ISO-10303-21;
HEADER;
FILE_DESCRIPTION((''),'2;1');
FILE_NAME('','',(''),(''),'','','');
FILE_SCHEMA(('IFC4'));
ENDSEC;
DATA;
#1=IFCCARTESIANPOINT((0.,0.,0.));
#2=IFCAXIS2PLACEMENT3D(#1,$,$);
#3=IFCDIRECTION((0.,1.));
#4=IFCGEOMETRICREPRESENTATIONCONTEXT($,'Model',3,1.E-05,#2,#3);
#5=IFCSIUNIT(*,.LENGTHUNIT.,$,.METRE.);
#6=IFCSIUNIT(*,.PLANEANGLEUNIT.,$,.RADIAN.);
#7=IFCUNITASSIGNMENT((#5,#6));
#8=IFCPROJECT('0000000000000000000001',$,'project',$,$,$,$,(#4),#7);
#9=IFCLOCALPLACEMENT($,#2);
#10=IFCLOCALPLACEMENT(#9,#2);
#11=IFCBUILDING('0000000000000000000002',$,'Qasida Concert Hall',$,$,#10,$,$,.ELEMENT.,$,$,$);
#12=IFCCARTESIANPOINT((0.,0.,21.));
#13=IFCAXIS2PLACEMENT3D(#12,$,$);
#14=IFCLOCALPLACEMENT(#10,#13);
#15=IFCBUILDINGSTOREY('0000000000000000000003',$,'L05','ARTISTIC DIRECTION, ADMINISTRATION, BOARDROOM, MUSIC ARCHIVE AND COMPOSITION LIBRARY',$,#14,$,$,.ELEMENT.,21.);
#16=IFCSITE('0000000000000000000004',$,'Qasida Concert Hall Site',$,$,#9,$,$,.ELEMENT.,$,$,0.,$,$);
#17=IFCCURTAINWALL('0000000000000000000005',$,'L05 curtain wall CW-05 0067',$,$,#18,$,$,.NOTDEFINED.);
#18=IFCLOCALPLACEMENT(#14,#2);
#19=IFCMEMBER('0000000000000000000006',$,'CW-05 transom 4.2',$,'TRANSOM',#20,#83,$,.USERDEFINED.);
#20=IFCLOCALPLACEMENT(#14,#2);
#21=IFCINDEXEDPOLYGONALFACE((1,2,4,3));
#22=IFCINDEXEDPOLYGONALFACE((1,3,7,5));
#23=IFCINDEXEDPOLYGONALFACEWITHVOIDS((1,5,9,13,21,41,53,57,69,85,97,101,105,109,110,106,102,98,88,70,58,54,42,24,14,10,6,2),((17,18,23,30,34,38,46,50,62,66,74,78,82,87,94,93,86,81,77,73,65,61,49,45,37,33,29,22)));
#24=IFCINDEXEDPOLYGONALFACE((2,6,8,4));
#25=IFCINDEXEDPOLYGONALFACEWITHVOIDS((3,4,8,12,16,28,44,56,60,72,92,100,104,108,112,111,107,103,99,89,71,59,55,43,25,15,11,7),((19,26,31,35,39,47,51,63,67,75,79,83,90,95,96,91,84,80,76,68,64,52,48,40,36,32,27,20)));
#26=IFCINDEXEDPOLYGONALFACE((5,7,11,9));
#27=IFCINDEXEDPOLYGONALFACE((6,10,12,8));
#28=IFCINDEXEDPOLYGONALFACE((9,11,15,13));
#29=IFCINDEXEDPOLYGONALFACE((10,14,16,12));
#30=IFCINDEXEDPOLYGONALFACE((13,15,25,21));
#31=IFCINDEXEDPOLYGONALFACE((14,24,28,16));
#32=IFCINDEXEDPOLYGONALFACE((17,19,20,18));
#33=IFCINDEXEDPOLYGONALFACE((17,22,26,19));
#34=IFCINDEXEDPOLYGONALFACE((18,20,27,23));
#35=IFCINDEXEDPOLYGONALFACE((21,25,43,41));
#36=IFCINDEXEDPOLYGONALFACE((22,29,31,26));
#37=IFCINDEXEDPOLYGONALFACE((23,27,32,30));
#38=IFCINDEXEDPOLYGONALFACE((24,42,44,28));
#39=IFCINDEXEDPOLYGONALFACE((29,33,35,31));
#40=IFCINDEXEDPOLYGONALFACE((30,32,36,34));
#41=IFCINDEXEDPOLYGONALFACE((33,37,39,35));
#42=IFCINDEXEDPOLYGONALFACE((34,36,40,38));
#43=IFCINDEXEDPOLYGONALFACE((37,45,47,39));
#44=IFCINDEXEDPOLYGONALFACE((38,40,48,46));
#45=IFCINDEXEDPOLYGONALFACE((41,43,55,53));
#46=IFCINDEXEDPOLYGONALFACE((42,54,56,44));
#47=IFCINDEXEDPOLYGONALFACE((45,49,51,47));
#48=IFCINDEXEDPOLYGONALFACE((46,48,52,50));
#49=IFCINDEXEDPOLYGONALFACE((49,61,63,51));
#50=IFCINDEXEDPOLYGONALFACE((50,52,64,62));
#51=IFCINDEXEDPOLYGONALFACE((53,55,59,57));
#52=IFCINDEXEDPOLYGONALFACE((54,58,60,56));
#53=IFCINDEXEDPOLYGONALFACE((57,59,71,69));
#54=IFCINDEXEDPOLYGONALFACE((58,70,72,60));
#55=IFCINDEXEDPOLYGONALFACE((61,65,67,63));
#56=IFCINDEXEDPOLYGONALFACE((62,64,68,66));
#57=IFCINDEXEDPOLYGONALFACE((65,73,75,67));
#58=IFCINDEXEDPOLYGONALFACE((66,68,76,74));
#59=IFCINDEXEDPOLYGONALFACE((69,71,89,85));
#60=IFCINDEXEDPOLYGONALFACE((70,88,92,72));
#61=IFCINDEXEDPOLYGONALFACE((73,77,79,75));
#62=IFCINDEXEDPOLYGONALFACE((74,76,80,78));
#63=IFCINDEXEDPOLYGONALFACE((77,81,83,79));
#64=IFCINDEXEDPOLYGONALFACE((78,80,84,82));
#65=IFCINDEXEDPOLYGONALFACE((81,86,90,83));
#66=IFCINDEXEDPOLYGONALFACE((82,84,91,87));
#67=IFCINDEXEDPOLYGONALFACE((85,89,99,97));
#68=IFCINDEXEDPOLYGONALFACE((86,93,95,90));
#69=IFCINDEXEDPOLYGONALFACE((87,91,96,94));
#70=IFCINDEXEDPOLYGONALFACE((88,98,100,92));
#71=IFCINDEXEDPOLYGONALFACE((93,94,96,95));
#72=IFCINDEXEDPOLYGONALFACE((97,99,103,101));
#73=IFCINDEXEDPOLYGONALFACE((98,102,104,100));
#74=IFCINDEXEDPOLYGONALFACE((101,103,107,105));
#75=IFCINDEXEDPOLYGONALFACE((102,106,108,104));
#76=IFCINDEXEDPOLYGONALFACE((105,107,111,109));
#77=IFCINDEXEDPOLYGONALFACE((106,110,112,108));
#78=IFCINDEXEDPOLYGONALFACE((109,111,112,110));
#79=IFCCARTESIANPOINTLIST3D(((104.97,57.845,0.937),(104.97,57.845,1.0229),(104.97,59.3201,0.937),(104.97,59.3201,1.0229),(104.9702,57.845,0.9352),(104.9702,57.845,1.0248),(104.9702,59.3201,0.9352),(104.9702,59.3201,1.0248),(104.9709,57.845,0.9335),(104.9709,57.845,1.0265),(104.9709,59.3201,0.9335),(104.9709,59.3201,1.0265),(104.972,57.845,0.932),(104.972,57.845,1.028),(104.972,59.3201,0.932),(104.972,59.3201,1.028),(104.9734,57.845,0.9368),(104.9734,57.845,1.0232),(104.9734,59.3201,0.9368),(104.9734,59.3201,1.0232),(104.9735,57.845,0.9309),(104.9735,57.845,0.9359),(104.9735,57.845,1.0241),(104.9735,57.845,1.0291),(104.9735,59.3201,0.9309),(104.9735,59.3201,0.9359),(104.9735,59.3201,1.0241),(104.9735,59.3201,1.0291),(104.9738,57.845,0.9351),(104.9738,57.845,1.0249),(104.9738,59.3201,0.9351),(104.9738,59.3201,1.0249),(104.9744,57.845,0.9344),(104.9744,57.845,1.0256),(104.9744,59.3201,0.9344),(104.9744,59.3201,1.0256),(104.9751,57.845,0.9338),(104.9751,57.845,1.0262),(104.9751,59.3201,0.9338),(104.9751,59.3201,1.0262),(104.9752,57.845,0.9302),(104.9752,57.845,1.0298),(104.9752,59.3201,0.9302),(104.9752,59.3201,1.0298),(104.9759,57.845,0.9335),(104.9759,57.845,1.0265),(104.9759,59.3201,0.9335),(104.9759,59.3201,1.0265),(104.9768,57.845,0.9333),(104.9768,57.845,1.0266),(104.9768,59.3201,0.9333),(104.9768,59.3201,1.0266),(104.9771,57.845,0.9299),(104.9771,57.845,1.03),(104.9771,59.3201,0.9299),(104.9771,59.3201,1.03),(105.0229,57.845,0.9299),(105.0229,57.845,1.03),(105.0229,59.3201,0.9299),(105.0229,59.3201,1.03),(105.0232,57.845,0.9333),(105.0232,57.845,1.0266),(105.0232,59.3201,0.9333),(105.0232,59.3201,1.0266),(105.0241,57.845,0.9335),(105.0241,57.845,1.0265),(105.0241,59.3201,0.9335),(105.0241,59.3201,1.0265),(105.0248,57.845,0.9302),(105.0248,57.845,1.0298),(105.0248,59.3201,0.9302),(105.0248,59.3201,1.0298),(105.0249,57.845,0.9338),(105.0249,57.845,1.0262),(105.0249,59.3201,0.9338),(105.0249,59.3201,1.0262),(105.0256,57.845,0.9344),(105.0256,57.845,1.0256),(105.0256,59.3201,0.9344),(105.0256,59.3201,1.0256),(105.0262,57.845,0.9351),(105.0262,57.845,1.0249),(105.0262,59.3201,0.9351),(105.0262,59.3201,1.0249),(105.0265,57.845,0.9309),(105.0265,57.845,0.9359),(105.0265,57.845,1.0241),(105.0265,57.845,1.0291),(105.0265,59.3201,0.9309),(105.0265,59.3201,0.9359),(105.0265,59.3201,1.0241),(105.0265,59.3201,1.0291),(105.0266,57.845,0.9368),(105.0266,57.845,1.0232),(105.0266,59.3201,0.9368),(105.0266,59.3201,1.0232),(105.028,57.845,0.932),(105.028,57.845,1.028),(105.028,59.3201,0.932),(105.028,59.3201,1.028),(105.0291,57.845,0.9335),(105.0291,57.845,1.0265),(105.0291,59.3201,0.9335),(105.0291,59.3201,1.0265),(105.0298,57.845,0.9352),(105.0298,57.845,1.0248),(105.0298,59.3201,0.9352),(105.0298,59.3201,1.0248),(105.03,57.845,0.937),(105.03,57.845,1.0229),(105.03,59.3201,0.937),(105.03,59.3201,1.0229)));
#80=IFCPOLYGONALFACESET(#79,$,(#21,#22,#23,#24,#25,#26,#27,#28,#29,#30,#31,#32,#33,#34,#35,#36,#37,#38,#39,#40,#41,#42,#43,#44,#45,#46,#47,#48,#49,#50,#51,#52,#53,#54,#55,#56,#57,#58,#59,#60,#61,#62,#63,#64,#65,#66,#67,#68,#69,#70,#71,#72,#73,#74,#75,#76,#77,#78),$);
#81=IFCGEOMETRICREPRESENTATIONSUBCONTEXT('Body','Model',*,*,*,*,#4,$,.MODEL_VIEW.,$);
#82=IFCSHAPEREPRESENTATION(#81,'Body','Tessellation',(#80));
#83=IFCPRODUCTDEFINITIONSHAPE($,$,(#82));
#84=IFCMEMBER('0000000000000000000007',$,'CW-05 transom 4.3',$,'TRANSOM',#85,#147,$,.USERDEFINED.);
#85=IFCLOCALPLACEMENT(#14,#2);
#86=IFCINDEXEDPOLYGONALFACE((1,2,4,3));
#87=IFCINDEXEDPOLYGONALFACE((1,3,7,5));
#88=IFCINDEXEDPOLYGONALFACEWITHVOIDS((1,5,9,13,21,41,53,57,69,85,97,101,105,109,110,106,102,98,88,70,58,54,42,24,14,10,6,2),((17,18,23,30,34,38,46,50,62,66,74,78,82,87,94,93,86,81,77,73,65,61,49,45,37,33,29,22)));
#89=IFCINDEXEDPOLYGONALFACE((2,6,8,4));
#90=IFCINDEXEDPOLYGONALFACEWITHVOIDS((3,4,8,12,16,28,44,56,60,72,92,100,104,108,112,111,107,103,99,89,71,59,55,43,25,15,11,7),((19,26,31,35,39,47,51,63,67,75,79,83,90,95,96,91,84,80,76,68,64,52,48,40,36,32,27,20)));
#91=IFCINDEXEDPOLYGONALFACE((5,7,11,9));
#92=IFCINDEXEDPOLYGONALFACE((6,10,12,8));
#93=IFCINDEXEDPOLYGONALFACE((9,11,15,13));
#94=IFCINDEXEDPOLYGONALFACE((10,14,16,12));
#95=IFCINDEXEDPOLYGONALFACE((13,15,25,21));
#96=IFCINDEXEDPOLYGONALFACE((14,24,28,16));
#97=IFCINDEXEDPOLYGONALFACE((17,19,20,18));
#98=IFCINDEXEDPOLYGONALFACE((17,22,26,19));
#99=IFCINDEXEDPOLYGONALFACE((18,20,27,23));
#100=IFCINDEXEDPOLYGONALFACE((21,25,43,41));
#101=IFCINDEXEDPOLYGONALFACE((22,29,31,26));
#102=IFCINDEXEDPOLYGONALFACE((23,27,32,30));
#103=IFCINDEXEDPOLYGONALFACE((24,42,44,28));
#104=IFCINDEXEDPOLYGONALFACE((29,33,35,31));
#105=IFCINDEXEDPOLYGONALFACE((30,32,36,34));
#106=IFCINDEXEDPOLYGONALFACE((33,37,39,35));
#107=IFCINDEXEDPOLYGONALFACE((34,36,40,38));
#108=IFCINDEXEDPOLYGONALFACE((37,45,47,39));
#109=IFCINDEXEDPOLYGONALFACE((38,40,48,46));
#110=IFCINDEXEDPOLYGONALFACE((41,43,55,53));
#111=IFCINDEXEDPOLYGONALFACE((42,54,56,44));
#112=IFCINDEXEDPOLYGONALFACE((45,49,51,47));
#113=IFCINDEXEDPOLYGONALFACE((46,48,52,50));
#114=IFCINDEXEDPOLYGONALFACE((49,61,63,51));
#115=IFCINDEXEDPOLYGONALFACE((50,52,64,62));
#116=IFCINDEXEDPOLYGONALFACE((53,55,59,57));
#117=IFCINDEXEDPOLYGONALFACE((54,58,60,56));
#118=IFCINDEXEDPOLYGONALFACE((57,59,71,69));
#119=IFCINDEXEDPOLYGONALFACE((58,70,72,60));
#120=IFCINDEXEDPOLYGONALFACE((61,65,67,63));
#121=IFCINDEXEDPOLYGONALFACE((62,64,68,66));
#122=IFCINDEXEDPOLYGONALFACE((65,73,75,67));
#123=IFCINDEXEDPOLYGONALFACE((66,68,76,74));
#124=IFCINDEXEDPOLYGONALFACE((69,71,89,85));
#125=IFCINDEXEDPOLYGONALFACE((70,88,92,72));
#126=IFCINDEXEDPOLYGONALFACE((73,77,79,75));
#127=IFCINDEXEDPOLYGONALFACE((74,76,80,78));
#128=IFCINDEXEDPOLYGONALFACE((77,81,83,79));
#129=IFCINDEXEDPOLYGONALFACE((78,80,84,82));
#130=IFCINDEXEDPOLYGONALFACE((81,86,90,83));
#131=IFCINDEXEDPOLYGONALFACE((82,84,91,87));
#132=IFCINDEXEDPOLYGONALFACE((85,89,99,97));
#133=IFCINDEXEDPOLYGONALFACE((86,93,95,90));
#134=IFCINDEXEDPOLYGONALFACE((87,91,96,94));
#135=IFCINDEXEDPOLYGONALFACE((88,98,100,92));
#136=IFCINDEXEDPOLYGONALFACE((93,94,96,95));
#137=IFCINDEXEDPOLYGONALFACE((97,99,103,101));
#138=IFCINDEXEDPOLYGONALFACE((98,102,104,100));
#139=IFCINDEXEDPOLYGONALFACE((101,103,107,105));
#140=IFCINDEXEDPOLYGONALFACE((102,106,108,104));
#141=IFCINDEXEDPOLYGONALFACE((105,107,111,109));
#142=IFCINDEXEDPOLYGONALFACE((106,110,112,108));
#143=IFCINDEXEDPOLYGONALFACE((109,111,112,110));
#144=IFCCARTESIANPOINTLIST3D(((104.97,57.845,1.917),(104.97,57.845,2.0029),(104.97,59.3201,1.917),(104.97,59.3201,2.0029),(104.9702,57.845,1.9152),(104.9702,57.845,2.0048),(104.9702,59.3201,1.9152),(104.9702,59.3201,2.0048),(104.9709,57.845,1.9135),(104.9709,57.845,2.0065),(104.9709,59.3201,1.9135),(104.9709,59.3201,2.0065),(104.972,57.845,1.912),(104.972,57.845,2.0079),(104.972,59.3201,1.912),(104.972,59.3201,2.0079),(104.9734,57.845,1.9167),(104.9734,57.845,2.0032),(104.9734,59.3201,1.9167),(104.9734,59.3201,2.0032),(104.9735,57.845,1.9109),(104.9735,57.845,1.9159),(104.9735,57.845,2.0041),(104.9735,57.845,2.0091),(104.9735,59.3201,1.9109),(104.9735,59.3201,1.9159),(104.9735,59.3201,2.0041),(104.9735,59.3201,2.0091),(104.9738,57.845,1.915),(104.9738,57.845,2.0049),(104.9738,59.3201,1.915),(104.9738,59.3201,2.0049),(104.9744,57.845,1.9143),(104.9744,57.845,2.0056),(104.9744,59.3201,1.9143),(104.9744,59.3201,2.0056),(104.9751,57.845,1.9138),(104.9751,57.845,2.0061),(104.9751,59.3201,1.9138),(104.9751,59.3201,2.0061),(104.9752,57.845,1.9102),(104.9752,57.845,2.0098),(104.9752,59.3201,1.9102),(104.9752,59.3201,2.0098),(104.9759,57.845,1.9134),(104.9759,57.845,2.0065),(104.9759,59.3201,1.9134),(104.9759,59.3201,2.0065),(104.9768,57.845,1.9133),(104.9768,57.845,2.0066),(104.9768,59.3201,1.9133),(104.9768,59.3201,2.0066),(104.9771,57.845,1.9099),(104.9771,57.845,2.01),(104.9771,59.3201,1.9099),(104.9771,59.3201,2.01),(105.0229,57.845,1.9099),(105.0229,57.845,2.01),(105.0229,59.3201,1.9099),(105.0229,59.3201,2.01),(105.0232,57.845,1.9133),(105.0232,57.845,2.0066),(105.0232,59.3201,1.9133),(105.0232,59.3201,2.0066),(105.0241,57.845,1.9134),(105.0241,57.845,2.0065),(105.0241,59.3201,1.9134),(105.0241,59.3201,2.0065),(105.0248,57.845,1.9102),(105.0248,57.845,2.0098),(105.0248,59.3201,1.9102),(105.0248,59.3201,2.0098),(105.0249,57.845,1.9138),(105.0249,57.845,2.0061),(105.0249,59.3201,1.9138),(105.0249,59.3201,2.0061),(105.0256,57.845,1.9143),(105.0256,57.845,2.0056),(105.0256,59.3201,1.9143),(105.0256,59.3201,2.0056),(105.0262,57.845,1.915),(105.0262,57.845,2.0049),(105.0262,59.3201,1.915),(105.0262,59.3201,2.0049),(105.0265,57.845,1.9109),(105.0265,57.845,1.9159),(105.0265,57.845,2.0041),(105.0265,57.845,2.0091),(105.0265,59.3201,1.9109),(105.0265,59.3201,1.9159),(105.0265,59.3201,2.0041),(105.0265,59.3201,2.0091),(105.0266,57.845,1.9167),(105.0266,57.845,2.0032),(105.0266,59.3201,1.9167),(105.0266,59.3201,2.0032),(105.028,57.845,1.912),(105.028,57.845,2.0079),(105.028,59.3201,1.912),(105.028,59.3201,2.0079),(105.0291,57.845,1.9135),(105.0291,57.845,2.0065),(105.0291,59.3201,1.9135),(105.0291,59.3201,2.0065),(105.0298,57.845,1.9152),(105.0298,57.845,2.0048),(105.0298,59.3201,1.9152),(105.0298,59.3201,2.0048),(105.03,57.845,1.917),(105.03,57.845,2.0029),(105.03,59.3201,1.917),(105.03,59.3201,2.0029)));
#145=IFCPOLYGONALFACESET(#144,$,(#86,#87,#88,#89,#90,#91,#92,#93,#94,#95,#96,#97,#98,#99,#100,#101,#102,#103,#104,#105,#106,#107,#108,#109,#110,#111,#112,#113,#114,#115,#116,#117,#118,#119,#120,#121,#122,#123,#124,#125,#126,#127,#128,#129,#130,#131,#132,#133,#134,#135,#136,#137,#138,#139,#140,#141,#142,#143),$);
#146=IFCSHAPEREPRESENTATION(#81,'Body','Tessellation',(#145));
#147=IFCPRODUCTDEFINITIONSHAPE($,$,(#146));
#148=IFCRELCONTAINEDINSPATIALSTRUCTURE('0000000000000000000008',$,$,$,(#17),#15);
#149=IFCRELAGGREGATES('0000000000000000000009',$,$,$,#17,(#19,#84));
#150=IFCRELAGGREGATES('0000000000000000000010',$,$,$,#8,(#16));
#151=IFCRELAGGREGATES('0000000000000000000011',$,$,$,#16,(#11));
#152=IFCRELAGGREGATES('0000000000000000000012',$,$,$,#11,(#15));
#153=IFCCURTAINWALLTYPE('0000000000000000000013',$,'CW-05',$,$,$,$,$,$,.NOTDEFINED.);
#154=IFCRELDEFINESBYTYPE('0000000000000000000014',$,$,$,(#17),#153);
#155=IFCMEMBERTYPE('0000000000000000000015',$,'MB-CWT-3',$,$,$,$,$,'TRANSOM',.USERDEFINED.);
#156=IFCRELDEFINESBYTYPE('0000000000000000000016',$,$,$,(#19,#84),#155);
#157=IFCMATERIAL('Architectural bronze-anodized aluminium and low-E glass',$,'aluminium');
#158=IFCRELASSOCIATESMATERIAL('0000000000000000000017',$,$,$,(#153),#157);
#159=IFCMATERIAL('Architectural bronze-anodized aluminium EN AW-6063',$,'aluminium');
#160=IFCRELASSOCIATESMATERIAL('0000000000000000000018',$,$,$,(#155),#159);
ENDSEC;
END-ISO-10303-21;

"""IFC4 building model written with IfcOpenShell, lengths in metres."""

from ifc_helpers import new_model, si_unit, direction, frame, origin, origin_2d, place, context, subcontext, project, spatial, hollow_rectangle, extrude, material, material_profile, profile_set, type_object, element, aggregate, save


model = new_model("IFC4")

# Units and contexts
model_context = context("Model", 3, precision=1e-05, world=origin(), true_north=direction((0.0, 1.0)))
body_context = subcontext(model_context, "Body", "Model", "MODEL_VIEW")
ifc_project = project(units=[si_unit("LENGTHUNIT", "METRE"), si_unit("PLANEANGLEUNIT", "RADIAN")], contexts=[model_context])

# Site, building, storey
site_placement = place(None, origin())
site = spatial("IfcSite", under=ifc_project, at=site_placement, Name="Qasida Concert Hall Site", CompositionType="ELEMENT", RefElevation=0.0)
building_placement = place(site_placement, origin())
building = spatial("IfcBuilding", under=site, at=building_placement, Name="Qasida Concert Hall", CompositionType="ELEMENT")
storey_placement = place(building_placement, frame((0.0, 0.0, 21.0)))
storey = spatial("IfcBuildingStorey", under=building, at=storey_placement, Name="L05", Description="ARTISTIC DIRECTION, ADMINISTRATION, BOARDROOM, MUSIC ARCHIVE AND COMPOSITION LIBRARY", CompositionType="ELEMENT", Elevation=21.0)

# Curtain wall, members
ifc_material_1 = material(Name="Architectural bronze-anodized aluminium and low-E glass", Category="aluminium")
curtain_wall_type = type_object("IfcCurtainWallType", Name="CW-05", PredefinedType="NOTDEFINED", material=ifc_material_1)
curtain_wall_placement = place(storey_placement, origin())
curtain_wall = element("IfcCurtainWall", 1, at=curtain_wall_placement, inside=storey, type_object=curtain_wall_type, Name="L05 curtain wall CW-05 0067", PredefinedType="NOTDEFINED")
ifc_material_2 = material(Name="Architectural bronze-anodized aluminium EN AW-6063", Category="aluminium")
ifc_material_profile_1 = material_profile(ifc_material_2, hollow_rectangle(XDim=0.0601, YDim=0.1001, WallThickness=0.0034, InnerFilletRadius=0.0034, OuterFilletRadius=0.0071, at=origin_2d()), Name="CWT 100x60x3.5")
ifc_profile_set_1 = profile_set([ifc_material_profile_1], Name="Architectural bronze-anodized aluminium EN AW-6063")
member_type_1 = type_object("IfcMemberType", Name="MB-CWT-3", ElementType="TRANSOM", PredefinedType="USERDEFINED", material=ifc_profile_set_1)
member_1_placement = place(storey_placement, frame((105.0, 57.845, 0.98), z_axis=(0.0, 1.0, 0.0), x_axis=(-1.0, 0.0, 0.0)))
member_1 = element("IfcMember", 2, at=member_1_placement, type_object=member_type_1, Name="CW-05 transom 4.2", ObjectType="TRANSOM", PredefinedType="USERDEFINED", context=body_context, shape_type="SweptSolid", body=[
    extrude(hollow_rectangle(XDim=0.0601, YDim=0.1001, WallThickness=0.0034, InnerFilletRadius=0.0034, OuterFilletRadius=0.0071, at=origin_2d()), origin(), (0.0, 0.0, 1.0), 1.4751),
])
member_2_placement = place(storey_placement, frame((105.0, 57.845, 1.96), z_axis=(0.0, 1.0, 0.0), x_axis=(-1.0, 0.0, 0.0)))
member_2 = element("IfcMember", 3, at=member_2_placement, type_object=member_type_1, Name="CW-05 transom 4.3", ObjectType="TRANSOM", PredefinedType="USERDEFINED", context=body_context, shape_type="SweptSolid", body=[
    extrude(hollow_rectangle(XDim=0.0601, YDim=0.1001, WallThickness=0.0034, InnerFilletRadius=0.0034, OuterFilletRadius=0.0071, at=origin_2d()), origin(), (0.0, 0.0, 1.0), 1.4751),
])
aggregate(curtain_wall, [member_1, member_2])

save(model, "model.ifc")
